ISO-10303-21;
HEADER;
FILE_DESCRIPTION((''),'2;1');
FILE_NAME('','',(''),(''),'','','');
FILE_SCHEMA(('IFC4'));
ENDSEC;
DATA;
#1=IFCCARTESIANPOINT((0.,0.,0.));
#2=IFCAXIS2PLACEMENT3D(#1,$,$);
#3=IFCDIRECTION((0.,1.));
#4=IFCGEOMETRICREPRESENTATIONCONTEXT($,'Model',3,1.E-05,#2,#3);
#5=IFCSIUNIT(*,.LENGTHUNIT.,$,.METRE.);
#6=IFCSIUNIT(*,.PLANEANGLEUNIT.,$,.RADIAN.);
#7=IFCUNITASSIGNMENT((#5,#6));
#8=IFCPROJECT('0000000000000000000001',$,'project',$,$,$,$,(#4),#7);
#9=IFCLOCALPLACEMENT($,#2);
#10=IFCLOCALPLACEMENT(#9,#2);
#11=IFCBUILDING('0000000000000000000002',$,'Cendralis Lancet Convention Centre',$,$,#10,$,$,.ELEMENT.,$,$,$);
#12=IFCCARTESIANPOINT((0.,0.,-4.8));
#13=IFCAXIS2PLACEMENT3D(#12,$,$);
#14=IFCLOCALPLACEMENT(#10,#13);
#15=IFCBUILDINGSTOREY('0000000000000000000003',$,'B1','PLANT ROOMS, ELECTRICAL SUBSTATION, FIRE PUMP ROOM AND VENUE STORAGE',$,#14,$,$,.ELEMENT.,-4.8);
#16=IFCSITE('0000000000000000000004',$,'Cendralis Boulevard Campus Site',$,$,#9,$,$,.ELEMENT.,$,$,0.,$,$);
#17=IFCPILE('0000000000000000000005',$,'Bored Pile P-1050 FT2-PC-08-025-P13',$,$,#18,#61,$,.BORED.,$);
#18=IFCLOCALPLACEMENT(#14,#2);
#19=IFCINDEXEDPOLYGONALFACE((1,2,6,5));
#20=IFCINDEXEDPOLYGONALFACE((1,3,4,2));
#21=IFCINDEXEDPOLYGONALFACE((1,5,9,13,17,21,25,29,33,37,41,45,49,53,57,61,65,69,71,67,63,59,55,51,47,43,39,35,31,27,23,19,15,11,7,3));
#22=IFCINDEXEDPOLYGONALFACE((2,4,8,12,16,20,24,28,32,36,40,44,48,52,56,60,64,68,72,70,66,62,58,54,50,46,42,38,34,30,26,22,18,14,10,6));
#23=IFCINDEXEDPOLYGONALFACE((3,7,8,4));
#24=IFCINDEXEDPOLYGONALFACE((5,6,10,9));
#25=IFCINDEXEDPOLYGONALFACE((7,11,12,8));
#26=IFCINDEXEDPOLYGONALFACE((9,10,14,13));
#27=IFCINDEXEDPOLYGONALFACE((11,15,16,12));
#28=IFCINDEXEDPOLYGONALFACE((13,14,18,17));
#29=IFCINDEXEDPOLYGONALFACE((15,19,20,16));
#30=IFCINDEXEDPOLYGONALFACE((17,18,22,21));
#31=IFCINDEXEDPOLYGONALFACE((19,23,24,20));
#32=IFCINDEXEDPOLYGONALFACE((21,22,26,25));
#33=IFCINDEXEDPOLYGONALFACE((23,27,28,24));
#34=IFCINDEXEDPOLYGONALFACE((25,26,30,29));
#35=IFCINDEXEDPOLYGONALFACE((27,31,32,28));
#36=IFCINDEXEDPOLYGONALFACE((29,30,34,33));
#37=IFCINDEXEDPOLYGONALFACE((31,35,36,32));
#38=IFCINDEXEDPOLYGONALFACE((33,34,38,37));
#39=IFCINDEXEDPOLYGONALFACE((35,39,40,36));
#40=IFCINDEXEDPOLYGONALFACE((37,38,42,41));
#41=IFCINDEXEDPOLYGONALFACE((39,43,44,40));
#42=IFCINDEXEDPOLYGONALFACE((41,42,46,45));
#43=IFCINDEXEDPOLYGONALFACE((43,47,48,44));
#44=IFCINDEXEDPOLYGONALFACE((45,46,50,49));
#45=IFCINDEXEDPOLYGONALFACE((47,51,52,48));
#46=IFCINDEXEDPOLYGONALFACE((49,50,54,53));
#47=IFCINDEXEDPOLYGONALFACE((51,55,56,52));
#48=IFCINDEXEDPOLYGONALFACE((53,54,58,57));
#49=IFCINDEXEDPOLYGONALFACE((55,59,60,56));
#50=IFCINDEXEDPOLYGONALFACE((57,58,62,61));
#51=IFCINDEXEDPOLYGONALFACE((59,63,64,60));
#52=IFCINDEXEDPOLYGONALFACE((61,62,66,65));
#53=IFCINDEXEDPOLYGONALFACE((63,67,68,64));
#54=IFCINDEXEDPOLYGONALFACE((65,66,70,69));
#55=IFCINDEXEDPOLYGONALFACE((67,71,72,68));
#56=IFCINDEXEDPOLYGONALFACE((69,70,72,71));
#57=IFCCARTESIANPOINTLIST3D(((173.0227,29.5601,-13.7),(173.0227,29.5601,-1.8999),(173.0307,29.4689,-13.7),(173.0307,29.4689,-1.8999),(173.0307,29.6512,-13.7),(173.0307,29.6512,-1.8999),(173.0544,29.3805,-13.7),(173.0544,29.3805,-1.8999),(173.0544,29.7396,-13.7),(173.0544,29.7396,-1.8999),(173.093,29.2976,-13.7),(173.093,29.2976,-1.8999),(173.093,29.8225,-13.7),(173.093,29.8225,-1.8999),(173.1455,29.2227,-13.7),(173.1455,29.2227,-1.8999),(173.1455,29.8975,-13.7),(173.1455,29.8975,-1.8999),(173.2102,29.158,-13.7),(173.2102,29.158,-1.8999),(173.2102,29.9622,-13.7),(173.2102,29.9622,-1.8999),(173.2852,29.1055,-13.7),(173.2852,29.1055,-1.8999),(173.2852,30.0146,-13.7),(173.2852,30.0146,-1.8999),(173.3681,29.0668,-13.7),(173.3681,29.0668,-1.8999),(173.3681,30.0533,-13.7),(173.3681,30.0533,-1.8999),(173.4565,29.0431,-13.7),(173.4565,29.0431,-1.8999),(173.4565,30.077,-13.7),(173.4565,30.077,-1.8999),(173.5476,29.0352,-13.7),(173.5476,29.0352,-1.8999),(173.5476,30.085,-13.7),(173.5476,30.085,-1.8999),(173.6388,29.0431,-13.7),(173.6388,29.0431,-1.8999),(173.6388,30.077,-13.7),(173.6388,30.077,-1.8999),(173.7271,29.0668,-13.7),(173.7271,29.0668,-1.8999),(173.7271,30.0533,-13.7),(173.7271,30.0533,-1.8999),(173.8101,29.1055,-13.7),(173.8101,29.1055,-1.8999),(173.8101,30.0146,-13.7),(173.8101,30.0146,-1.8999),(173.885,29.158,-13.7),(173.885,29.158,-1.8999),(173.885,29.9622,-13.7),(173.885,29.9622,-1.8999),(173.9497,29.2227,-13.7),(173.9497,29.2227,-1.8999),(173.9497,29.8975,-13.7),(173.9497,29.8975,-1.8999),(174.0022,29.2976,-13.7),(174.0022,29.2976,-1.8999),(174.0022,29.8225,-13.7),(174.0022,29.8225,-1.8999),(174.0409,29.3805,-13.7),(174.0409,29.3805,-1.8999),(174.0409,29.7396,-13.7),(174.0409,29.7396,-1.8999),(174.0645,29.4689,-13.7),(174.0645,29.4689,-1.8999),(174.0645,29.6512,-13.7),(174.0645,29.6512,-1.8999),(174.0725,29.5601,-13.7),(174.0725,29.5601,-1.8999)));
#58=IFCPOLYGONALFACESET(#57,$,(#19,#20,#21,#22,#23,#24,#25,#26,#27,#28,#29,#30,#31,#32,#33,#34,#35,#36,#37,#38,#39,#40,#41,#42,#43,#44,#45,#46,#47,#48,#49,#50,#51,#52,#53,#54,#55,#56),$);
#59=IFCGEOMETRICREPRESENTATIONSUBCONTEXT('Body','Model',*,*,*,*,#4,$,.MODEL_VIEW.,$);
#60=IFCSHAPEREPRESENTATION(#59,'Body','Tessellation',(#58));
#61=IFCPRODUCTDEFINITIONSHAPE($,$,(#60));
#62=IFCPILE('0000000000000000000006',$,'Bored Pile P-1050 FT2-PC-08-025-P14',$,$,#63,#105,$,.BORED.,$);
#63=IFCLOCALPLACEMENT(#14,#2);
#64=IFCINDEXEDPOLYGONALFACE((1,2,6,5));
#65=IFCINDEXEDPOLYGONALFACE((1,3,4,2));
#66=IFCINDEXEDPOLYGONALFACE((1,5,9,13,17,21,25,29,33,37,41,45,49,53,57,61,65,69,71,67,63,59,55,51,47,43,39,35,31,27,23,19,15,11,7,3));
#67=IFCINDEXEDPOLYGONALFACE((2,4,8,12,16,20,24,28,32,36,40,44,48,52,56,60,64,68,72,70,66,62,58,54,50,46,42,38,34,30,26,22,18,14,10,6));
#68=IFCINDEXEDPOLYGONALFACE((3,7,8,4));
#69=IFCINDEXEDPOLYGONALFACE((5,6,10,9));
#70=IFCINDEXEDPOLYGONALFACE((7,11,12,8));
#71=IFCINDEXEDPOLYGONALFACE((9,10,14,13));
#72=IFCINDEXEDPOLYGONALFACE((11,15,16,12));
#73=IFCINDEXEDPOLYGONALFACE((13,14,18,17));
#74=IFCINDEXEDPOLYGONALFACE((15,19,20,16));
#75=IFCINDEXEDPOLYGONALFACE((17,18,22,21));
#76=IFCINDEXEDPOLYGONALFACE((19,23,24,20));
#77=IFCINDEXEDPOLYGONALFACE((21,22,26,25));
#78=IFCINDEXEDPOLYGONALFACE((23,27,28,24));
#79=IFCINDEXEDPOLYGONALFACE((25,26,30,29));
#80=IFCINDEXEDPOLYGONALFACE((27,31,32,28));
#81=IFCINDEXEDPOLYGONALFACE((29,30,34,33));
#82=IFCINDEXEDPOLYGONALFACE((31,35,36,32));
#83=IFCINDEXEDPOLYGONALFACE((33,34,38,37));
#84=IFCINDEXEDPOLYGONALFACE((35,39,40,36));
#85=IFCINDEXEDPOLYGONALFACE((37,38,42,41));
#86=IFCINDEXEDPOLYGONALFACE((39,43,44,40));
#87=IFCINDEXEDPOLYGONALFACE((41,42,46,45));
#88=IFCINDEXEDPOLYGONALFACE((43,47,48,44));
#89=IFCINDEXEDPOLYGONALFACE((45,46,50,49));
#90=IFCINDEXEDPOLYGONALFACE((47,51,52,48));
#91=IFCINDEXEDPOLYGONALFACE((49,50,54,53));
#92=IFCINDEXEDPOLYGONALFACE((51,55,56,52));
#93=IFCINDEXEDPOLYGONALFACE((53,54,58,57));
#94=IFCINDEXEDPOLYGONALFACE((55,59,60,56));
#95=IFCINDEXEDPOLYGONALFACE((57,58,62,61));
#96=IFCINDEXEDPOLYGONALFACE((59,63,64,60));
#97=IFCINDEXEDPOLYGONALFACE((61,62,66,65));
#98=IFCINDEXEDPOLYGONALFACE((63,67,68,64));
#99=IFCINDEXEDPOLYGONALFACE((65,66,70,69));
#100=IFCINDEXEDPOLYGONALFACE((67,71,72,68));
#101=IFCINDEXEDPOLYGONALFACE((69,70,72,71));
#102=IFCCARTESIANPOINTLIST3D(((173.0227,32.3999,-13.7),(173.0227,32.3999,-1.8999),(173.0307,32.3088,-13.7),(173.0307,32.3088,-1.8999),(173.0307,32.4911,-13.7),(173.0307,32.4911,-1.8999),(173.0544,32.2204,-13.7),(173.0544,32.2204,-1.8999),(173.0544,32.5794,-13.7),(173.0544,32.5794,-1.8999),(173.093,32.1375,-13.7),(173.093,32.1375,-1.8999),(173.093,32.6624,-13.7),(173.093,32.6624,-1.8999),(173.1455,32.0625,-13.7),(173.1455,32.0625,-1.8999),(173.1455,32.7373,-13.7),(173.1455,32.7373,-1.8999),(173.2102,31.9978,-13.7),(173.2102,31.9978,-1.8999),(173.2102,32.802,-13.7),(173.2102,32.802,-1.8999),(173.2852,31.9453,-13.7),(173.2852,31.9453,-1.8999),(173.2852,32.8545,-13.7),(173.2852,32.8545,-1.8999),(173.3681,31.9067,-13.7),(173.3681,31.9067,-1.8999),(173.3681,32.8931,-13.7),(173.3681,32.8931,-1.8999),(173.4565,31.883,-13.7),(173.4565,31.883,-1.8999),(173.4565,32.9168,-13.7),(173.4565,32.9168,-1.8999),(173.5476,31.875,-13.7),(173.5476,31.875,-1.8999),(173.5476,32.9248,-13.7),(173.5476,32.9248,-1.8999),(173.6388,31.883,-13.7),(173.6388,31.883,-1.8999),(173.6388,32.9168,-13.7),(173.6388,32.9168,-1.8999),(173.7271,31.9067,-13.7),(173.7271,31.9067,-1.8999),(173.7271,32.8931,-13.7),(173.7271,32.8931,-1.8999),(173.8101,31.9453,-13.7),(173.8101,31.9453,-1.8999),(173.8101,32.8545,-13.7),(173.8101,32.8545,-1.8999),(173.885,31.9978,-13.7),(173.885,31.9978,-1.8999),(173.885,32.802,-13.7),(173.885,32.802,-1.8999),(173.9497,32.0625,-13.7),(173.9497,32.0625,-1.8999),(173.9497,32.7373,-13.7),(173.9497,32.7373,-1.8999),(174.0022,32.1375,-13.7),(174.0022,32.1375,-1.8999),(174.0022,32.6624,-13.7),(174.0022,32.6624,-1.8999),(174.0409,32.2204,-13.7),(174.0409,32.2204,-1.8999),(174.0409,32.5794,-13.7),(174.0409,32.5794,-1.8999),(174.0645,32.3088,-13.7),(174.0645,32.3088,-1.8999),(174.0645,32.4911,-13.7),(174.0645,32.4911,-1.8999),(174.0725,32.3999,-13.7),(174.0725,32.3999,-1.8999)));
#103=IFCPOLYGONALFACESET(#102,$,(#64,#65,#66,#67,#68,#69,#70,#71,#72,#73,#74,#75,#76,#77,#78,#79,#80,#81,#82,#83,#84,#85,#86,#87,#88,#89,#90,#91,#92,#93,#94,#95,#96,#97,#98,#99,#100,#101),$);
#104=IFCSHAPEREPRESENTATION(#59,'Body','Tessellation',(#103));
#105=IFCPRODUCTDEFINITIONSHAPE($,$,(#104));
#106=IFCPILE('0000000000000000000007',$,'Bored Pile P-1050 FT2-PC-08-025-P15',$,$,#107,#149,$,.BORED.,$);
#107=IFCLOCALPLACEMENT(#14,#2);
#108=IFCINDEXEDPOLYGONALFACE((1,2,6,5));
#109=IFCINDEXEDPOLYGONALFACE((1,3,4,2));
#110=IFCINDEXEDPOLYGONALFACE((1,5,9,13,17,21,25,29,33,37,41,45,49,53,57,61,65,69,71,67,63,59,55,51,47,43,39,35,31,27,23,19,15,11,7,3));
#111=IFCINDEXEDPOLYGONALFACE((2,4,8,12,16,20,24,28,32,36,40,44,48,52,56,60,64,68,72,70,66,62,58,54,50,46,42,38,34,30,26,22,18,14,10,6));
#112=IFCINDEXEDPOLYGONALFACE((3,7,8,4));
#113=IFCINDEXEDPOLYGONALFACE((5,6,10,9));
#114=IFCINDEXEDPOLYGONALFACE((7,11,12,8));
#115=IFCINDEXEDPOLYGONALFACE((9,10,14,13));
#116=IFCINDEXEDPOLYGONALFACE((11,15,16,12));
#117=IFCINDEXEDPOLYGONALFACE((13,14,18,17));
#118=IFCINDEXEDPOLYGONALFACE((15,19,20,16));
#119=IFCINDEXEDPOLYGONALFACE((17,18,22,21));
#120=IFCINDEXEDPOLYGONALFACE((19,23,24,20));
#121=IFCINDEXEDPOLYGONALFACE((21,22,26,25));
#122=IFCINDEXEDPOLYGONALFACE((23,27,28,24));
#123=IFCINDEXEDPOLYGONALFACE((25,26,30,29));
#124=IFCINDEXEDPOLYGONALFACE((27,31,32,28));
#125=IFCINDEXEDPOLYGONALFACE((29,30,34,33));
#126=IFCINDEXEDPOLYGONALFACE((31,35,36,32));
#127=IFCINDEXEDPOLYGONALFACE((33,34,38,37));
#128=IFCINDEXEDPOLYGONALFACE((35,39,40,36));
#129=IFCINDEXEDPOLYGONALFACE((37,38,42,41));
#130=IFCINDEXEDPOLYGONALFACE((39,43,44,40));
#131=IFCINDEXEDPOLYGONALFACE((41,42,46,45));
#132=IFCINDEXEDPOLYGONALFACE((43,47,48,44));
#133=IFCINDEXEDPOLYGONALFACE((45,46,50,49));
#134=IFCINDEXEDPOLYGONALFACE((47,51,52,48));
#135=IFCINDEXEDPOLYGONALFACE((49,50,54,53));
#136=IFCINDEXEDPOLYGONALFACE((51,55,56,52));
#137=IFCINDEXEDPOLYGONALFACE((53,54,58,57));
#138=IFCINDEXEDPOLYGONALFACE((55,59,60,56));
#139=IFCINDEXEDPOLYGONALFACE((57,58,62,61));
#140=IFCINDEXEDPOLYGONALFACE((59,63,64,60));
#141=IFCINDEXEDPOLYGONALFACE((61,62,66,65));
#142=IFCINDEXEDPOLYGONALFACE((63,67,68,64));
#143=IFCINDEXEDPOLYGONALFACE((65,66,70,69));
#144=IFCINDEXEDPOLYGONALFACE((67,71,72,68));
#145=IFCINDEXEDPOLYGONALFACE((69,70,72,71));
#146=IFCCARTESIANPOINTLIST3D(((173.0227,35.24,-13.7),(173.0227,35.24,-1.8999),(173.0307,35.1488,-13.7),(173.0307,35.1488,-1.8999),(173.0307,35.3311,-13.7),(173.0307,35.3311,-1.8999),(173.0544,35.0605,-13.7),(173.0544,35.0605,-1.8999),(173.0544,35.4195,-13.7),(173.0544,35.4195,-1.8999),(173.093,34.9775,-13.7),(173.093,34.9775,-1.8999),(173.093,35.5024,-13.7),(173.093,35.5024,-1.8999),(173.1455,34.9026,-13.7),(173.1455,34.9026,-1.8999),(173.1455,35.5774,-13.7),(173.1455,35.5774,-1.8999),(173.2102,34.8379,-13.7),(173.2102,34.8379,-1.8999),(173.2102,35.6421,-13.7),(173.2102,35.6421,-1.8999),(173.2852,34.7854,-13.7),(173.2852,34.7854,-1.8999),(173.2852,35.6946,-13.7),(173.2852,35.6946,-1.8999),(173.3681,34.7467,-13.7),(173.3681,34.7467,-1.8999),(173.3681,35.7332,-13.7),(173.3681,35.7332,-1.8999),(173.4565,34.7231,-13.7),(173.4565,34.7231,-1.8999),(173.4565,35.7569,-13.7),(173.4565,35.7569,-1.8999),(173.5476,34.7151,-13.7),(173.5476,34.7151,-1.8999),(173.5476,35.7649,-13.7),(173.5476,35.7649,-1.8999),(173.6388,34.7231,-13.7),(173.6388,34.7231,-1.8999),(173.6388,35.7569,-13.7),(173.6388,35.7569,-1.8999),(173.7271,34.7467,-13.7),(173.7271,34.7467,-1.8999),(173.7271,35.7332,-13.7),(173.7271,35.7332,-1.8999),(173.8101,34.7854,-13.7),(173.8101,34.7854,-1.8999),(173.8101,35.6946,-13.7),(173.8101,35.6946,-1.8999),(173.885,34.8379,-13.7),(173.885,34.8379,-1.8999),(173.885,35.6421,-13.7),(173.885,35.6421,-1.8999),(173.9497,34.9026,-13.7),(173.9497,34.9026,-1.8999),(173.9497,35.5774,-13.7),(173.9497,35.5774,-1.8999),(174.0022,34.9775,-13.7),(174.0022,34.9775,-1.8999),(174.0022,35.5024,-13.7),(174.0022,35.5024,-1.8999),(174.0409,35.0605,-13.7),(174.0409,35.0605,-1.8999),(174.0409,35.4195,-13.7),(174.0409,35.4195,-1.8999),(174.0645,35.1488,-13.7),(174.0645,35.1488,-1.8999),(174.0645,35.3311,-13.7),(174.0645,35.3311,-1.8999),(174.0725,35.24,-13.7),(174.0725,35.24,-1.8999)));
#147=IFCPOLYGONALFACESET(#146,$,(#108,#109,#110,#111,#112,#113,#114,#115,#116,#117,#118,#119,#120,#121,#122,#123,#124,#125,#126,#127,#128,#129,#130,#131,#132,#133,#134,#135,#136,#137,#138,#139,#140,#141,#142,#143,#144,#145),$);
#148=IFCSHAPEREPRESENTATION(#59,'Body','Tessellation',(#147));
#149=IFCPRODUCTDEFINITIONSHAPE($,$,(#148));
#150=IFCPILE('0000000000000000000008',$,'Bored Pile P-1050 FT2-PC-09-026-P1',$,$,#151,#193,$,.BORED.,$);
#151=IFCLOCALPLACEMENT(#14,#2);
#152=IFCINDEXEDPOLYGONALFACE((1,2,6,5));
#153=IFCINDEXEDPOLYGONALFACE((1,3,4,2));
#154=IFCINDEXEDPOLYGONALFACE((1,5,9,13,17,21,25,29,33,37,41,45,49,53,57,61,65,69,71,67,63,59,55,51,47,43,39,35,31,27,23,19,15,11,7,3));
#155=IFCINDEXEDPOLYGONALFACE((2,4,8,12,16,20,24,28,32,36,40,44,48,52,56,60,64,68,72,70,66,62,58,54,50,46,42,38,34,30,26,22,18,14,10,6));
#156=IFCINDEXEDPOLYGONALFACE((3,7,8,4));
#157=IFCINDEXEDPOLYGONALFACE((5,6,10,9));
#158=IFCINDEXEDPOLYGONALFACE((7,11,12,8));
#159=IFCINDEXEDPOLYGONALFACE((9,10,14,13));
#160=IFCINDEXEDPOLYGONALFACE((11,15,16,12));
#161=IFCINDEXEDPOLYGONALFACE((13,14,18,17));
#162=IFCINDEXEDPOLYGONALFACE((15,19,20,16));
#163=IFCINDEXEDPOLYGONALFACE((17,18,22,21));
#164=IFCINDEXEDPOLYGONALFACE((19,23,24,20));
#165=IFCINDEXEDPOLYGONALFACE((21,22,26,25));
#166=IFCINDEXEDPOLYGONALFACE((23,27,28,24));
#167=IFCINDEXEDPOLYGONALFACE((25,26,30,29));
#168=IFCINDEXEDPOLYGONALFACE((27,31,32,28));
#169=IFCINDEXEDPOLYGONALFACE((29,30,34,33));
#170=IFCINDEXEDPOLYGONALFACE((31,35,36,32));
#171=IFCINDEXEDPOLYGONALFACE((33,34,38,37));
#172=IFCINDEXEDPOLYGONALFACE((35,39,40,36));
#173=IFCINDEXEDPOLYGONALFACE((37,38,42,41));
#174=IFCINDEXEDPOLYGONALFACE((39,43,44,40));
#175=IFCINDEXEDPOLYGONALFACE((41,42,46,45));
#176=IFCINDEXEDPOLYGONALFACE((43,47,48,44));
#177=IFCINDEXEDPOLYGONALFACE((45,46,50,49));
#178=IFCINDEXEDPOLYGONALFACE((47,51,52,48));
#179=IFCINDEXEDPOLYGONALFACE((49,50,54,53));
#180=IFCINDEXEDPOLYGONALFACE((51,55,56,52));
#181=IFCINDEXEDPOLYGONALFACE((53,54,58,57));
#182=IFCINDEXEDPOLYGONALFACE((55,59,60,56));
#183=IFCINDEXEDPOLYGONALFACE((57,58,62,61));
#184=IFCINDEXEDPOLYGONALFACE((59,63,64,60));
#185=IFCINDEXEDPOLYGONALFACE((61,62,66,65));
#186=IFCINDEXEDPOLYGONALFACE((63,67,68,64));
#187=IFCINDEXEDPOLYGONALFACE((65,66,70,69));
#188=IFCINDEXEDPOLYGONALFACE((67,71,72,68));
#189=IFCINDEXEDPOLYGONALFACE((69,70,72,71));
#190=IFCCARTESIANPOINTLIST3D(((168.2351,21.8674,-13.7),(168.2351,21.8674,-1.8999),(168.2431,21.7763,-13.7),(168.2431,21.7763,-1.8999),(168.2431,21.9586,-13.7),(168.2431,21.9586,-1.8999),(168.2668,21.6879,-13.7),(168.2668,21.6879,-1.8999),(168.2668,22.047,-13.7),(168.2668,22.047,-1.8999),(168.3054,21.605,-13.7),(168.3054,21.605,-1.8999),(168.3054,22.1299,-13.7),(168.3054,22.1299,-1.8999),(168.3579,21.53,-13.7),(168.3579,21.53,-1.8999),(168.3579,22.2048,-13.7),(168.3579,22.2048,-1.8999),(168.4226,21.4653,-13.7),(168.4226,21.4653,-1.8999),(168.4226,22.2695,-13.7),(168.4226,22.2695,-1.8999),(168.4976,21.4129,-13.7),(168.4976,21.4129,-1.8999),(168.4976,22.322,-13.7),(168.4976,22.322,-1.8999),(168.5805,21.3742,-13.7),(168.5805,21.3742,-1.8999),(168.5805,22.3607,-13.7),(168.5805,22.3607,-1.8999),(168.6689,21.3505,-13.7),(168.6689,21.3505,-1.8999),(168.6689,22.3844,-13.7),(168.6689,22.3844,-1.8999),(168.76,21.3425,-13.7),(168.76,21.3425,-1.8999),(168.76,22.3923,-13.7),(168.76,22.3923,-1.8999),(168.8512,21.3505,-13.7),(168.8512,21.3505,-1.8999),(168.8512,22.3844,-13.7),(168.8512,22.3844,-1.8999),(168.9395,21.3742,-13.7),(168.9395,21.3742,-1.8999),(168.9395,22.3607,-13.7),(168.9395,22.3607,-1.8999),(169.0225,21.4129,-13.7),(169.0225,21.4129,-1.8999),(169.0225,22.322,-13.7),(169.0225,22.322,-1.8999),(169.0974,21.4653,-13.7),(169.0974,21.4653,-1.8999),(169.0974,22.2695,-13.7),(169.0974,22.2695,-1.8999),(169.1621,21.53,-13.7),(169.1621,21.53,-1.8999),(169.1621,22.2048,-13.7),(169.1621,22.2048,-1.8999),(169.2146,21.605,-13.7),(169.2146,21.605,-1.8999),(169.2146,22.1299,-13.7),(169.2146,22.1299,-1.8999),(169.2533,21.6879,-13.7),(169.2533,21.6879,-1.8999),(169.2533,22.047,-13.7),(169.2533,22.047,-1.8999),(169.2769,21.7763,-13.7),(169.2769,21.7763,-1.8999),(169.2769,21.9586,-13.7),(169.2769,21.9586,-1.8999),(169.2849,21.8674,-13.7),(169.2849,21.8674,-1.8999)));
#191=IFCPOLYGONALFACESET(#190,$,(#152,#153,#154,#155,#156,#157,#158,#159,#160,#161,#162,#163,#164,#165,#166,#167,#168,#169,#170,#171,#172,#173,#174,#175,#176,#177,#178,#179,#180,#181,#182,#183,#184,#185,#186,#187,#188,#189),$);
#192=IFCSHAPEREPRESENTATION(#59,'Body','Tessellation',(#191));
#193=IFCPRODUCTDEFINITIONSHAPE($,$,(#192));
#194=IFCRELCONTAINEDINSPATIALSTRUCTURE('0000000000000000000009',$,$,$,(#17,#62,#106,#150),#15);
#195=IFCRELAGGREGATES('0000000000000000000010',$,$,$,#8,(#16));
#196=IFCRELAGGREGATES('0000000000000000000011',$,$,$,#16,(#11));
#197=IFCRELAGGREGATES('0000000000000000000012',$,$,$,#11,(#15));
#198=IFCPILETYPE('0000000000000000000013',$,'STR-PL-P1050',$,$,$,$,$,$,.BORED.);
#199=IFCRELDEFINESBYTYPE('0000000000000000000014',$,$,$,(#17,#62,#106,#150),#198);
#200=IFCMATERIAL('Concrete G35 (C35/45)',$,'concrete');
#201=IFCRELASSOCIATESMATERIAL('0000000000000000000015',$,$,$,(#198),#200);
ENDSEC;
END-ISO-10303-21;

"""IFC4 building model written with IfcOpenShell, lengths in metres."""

from ifc_helpers import new_model, si_unit, direction, frame, origin, origin_2d, place, context, subcontext, project, spatial, circle, extrude, material, material_profile, profile_set, type_object, element, save


model = new_model("IFC4")

# Units and contexts
model_context = context("Model", 3, precision=1e-05, world=origin(), true_north=direction((0.0, 1.0)))
body_context = subcontext(model_context, "Body", "Model", "MODEL_VIEW")
ifc_project = project(units=[si_unit("LENGTHUNIT", "METRE"), si_unit("PLANEANGLEUNIT", "RADIAN")], contexts=[model_context])

# Site, building, storey
site_placement = place(None, origin())
site = spatial("IfcSite", under=ifc_project, at=site_placement, Name="Cendralis Boulevard Campus Site", CompositionType="ELEMENT", RefElevation=0.0)
building_placement = place(site_placement, origin())
building = spatial("IfcBuilding", under=site, at=building_placement, Name="Cendralis Lancet Convention Centre", CompositionType="ELEMENT")
storey_placement = place(building_placement, frame((0.0, 0.0, -4.8)))
storey = spatial("IfcBuildingStorey", under=building, at=storey_placement, Name="B1", Description="PLANT ROOMS, ELECTRICAL SUBSTATION, FIRE PUMP ROOM AND VENUE STORAGE", CompositionType="ELEMENT", Elevation=-4.8)

# Shared definitions
ifc_material_1 = material(Name="Concrete G35 (C35/45)", Category="concrete")

# Piles
ifc_material_profile_1 = material_profile(ifc_material_1, circle(Radius=0.5249, at=origin_2d()), Name="BORED PILE D1050")
ifc_profile_set_1 = profile_set([ifc_material_profile_1], Name="Concrete G35 (C35/45)")
pile_type = type_object("IfcPileType", Name="STR-PL-P1050", PredefinedType="BORED", material=ifc_profile_set_1)
for number, where, z_axis, x_axis, name in (
    (1, (173.5476, 29.5601, -1.8999), (0.0, 0.0, -1.0), (1.0, 0.0, 0.0), "Bored Pile P-1050 FT2-PC-08-025-P13"),
    (2, (173.5476, 32.3999, -1.8999), (0.0, 0.0, -1.0), (1.0, 0.0, 0.0), "Bored Pile P-1050 FT2-PC-08-025-P14"),
    (3, (173.5476, 35.24, -1.8999), (0.0, 0.0, -1.0), (1.0, 0.0, 0.0), "Bored Pile P-1050 FT2-PC-08-025-P15"),
    (4, (168.76, 21.8674, -1.8999), (0.0, 0.0, -1.0), (1.0, 0.0, 0.0), "Bored Pile P-1050 FT2-PC-09-026-P1"),
):
    element("IfcPile", number, at=place(storey_placement, frame(where, z_axis=z_axis, x_axis=x_axis)), inside=storey, type_object=pile_type, Name=name, PredefinedType="BORED", context=body_context, shape_type="SweptSolid", body=[
        extrude(circle(Radius=0.5249, at=origin_2d()), origin(), (0.0, 0.0, 1.0), 11.8),
    ])

save(model, "model.ifc")
